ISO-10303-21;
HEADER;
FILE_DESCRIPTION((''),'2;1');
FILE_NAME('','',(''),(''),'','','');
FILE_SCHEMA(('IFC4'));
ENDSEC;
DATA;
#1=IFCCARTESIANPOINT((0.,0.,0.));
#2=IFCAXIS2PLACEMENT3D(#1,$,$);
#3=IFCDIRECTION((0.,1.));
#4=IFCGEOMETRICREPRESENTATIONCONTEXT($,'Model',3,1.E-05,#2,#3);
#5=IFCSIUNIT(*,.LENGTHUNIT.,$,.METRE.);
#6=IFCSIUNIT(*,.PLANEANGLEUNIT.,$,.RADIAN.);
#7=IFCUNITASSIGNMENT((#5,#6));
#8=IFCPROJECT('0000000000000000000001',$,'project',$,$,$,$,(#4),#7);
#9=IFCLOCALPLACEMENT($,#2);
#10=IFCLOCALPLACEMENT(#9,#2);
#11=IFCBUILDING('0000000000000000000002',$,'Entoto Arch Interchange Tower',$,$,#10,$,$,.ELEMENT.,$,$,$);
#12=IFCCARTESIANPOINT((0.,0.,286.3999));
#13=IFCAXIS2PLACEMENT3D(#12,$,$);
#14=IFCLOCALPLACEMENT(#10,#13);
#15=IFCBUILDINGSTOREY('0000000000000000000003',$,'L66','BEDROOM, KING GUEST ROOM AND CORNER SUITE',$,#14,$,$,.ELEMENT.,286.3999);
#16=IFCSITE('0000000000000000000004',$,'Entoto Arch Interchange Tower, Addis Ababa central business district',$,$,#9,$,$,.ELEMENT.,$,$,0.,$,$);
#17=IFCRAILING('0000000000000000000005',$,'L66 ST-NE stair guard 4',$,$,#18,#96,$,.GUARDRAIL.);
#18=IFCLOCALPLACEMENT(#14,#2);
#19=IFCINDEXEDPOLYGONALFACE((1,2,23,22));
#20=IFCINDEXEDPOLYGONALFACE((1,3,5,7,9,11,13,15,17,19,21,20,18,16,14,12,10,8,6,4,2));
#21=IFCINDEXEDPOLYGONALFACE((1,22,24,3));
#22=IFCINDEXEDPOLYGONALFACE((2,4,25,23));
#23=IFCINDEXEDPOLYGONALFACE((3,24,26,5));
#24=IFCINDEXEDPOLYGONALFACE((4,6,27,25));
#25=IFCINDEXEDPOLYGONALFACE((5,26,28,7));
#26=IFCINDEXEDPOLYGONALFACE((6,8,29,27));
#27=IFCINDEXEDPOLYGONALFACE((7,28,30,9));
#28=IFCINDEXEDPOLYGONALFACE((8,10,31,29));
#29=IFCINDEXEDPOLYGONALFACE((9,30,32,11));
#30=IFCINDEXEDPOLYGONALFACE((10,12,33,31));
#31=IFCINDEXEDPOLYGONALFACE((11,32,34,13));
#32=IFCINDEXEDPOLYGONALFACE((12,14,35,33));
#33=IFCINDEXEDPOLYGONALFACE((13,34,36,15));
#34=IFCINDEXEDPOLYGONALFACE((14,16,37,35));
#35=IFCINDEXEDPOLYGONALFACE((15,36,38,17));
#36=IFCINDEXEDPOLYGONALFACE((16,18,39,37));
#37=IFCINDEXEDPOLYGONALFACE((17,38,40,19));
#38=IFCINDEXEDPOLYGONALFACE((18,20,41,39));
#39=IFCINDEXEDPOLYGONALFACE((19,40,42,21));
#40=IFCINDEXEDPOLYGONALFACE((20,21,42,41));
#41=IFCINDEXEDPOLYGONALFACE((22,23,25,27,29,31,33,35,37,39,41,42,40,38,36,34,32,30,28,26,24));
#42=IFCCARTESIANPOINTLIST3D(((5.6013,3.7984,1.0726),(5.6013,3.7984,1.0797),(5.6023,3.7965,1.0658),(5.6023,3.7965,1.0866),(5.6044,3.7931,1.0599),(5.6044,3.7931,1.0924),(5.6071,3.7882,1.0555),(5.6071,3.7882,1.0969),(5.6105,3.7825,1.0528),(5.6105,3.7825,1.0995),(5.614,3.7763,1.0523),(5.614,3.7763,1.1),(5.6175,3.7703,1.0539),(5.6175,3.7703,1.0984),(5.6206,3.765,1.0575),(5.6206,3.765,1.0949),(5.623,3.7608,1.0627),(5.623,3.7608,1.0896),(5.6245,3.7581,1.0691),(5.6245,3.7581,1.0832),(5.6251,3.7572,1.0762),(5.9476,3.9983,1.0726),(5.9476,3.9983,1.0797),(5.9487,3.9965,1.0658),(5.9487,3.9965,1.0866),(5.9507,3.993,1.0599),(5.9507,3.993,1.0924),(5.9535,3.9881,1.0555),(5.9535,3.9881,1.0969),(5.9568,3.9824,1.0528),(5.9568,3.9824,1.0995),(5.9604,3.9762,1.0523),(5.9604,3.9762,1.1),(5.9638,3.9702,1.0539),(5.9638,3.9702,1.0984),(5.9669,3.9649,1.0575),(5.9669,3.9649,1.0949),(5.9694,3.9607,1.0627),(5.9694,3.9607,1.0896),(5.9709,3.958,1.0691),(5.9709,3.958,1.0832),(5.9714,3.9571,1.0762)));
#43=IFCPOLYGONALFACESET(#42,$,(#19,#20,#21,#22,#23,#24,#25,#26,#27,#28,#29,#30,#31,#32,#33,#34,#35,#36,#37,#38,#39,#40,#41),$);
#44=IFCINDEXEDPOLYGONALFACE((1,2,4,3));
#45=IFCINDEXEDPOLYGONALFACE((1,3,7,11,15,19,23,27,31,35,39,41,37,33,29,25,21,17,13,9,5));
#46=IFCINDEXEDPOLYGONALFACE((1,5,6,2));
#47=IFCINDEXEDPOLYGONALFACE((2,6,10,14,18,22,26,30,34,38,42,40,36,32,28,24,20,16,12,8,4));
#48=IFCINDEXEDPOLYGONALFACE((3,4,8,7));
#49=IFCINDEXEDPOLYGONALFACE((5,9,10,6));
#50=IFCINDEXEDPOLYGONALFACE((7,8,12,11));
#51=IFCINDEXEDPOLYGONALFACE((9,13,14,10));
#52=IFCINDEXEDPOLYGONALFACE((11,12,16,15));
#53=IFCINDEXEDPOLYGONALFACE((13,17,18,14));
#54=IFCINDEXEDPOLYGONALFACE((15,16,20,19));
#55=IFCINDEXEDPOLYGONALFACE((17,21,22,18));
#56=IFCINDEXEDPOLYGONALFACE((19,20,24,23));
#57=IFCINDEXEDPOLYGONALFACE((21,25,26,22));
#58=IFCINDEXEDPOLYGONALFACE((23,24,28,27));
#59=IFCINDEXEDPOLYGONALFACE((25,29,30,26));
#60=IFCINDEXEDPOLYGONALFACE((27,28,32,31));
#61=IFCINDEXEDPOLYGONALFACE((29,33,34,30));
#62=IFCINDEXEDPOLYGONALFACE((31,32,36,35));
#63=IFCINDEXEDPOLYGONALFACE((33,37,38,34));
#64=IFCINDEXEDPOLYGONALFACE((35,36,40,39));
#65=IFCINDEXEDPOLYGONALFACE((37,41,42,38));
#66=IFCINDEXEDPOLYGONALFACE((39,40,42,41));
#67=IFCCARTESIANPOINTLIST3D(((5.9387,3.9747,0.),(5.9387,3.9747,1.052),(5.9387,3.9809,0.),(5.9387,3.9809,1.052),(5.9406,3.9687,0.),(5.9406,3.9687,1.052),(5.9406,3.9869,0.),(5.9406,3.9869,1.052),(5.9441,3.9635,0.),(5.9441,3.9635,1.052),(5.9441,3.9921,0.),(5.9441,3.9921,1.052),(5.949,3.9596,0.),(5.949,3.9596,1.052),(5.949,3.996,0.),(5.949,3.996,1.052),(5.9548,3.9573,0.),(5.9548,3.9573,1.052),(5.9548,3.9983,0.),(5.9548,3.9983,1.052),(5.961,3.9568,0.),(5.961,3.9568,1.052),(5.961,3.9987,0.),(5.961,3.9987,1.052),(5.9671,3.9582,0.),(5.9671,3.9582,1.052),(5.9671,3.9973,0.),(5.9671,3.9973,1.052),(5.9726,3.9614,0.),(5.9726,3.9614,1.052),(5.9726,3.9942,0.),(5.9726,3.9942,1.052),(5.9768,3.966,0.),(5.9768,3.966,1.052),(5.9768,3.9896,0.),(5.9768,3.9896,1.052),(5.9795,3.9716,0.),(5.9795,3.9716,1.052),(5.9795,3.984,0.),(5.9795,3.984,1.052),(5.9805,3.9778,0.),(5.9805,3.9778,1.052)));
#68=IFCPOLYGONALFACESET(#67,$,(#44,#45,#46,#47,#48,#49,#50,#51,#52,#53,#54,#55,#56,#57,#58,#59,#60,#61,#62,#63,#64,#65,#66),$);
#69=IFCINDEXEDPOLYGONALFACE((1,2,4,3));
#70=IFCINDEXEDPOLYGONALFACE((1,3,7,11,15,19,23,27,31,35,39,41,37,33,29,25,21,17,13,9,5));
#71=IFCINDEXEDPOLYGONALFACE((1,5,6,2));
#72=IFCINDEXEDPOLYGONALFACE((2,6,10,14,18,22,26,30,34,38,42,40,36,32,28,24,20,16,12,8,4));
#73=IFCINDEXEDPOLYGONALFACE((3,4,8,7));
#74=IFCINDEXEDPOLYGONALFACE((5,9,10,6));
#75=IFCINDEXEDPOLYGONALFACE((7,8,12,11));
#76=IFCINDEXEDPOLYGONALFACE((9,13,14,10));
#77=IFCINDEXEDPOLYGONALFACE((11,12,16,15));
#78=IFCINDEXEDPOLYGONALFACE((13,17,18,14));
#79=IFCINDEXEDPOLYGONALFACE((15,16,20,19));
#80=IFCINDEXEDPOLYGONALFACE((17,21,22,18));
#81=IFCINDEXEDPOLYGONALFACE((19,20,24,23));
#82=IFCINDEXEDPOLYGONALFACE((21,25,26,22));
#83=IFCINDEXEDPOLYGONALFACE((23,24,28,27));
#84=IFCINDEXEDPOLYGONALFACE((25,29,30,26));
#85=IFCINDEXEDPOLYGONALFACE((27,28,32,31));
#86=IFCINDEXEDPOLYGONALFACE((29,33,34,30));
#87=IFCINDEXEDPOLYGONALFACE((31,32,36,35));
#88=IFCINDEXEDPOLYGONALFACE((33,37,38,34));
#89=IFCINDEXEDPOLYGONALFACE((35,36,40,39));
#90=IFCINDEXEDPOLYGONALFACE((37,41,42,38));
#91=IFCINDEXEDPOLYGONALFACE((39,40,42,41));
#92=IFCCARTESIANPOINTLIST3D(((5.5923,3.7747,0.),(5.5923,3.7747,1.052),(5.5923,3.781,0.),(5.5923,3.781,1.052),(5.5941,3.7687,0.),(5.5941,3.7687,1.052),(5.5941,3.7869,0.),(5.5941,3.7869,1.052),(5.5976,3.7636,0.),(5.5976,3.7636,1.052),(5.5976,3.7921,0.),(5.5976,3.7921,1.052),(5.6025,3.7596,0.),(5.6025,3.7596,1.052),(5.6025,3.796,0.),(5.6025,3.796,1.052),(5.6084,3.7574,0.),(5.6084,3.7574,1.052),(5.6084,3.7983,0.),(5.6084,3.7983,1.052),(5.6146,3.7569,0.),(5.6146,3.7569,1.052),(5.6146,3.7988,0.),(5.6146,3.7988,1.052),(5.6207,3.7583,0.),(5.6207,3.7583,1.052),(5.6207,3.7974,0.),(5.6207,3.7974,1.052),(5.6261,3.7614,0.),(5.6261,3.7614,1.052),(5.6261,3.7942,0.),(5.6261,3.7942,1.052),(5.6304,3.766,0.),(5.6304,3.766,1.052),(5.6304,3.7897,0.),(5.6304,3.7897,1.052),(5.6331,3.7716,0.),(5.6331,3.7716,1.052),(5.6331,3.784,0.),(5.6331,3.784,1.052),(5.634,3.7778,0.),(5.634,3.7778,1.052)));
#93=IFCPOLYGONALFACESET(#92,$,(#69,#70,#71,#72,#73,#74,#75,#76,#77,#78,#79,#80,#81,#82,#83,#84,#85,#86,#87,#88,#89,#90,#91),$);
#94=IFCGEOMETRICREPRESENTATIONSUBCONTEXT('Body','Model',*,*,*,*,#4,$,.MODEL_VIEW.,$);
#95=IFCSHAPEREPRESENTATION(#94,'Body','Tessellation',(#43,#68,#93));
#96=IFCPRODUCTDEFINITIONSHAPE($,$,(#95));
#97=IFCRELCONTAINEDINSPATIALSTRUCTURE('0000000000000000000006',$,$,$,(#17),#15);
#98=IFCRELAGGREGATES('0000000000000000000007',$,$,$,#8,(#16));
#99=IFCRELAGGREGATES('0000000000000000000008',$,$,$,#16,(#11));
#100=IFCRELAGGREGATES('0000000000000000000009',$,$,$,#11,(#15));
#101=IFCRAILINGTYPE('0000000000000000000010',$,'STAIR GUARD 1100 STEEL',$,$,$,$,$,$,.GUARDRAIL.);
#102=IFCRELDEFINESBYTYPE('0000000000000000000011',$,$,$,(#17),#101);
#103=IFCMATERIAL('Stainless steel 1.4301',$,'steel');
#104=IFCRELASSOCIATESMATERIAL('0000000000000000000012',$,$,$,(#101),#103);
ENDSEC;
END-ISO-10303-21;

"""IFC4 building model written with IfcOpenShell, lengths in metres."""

from ifc_helpers import new_model, si_unit, direction, frame, origin, origin_2d, place, context, subcontext, project, spatial, circle, extrude, material, type_object, element, save


model = new_model("IFC4")

# Units and contexts
model_context = context("Model", 3, precision=1e-05, world=origin(), true_north=direction((0.0, 1.0)))
body_context = subcontext(model_context, "Body", "Model", "MODEL_VIEW")
ifc_project = project(units=[si_unit("LENGTHUNIT", "METRE"), si_unit("PLANEANGLEUNIT", "RADIAN")], contexts=[model_context])

# Site, building, storey
site_placement = place(None, origin())
site = spatial("IfcSite", under=ifc_project, at=site_placement, Name="Entoto Arch Interchange Tower, Addis Ababa central business district", CompositionType="ELEMENT", RefElevation=0.0)
building_placement = place(site_placement, origin())
building = spatial("IfcBuilding", under=site, at=building_placement, Name="Entoto Arch Interchange Tower", CompositionType="ELEMENT")
storey_placement = place(building_placement, frame((0.0, 0.0, 286.3999)))
storey = spatial("IfcBuildingStorey", under=building, at=storey_placement, Name="L66", Description="BEDROOM, KING GUEST ROOM AND CORNER SUITE", CompositionType="ELEMENT", Elevation=286.3999)

# Railing
ifc_material_1 = material(Name="Stainless steel 1.4301", Category="steel")
railing_type_1 = type_object("IfcRailingType", Name="STAIR GUARD 1100 STEEL", PredefinedType="GUARDRAIL", material=ifc_material_1)
railing_1_placement = place(storey_placement, frame((5.9595, 3.9778, 0.0)))
element("IfcRailing", 1, at=railing_1_placement, inside=storey, type_object=railing_type_1, Name="L66 ST-NE stair guard 4", PredefinedType="GUARDRAIL", context=body_context, shape_type="SweptSolid", body=[
    extrude(circle(Radius=0.0239, at=origin_2d()), frame((0.0, 0.0, 1.0762), z_axis=(-0.866094, -0.499881, 0.0), x_axis=(0.499881, -0.866094, 0.0)), (0.0, 0.0, 1.0), 0.3999),
    extrude(circle(Radius=0.021, at=origin_2d()), origin(), (0.0, 0.0, 1.0), 1.052),
    extrude(circle(Radius=0.021, at=origin_2d()), frame((-0.3464, -0.2, 0.0)), (0.0, 0.0, 1.0), 1.052),
])

save(model, "model.ifc")
